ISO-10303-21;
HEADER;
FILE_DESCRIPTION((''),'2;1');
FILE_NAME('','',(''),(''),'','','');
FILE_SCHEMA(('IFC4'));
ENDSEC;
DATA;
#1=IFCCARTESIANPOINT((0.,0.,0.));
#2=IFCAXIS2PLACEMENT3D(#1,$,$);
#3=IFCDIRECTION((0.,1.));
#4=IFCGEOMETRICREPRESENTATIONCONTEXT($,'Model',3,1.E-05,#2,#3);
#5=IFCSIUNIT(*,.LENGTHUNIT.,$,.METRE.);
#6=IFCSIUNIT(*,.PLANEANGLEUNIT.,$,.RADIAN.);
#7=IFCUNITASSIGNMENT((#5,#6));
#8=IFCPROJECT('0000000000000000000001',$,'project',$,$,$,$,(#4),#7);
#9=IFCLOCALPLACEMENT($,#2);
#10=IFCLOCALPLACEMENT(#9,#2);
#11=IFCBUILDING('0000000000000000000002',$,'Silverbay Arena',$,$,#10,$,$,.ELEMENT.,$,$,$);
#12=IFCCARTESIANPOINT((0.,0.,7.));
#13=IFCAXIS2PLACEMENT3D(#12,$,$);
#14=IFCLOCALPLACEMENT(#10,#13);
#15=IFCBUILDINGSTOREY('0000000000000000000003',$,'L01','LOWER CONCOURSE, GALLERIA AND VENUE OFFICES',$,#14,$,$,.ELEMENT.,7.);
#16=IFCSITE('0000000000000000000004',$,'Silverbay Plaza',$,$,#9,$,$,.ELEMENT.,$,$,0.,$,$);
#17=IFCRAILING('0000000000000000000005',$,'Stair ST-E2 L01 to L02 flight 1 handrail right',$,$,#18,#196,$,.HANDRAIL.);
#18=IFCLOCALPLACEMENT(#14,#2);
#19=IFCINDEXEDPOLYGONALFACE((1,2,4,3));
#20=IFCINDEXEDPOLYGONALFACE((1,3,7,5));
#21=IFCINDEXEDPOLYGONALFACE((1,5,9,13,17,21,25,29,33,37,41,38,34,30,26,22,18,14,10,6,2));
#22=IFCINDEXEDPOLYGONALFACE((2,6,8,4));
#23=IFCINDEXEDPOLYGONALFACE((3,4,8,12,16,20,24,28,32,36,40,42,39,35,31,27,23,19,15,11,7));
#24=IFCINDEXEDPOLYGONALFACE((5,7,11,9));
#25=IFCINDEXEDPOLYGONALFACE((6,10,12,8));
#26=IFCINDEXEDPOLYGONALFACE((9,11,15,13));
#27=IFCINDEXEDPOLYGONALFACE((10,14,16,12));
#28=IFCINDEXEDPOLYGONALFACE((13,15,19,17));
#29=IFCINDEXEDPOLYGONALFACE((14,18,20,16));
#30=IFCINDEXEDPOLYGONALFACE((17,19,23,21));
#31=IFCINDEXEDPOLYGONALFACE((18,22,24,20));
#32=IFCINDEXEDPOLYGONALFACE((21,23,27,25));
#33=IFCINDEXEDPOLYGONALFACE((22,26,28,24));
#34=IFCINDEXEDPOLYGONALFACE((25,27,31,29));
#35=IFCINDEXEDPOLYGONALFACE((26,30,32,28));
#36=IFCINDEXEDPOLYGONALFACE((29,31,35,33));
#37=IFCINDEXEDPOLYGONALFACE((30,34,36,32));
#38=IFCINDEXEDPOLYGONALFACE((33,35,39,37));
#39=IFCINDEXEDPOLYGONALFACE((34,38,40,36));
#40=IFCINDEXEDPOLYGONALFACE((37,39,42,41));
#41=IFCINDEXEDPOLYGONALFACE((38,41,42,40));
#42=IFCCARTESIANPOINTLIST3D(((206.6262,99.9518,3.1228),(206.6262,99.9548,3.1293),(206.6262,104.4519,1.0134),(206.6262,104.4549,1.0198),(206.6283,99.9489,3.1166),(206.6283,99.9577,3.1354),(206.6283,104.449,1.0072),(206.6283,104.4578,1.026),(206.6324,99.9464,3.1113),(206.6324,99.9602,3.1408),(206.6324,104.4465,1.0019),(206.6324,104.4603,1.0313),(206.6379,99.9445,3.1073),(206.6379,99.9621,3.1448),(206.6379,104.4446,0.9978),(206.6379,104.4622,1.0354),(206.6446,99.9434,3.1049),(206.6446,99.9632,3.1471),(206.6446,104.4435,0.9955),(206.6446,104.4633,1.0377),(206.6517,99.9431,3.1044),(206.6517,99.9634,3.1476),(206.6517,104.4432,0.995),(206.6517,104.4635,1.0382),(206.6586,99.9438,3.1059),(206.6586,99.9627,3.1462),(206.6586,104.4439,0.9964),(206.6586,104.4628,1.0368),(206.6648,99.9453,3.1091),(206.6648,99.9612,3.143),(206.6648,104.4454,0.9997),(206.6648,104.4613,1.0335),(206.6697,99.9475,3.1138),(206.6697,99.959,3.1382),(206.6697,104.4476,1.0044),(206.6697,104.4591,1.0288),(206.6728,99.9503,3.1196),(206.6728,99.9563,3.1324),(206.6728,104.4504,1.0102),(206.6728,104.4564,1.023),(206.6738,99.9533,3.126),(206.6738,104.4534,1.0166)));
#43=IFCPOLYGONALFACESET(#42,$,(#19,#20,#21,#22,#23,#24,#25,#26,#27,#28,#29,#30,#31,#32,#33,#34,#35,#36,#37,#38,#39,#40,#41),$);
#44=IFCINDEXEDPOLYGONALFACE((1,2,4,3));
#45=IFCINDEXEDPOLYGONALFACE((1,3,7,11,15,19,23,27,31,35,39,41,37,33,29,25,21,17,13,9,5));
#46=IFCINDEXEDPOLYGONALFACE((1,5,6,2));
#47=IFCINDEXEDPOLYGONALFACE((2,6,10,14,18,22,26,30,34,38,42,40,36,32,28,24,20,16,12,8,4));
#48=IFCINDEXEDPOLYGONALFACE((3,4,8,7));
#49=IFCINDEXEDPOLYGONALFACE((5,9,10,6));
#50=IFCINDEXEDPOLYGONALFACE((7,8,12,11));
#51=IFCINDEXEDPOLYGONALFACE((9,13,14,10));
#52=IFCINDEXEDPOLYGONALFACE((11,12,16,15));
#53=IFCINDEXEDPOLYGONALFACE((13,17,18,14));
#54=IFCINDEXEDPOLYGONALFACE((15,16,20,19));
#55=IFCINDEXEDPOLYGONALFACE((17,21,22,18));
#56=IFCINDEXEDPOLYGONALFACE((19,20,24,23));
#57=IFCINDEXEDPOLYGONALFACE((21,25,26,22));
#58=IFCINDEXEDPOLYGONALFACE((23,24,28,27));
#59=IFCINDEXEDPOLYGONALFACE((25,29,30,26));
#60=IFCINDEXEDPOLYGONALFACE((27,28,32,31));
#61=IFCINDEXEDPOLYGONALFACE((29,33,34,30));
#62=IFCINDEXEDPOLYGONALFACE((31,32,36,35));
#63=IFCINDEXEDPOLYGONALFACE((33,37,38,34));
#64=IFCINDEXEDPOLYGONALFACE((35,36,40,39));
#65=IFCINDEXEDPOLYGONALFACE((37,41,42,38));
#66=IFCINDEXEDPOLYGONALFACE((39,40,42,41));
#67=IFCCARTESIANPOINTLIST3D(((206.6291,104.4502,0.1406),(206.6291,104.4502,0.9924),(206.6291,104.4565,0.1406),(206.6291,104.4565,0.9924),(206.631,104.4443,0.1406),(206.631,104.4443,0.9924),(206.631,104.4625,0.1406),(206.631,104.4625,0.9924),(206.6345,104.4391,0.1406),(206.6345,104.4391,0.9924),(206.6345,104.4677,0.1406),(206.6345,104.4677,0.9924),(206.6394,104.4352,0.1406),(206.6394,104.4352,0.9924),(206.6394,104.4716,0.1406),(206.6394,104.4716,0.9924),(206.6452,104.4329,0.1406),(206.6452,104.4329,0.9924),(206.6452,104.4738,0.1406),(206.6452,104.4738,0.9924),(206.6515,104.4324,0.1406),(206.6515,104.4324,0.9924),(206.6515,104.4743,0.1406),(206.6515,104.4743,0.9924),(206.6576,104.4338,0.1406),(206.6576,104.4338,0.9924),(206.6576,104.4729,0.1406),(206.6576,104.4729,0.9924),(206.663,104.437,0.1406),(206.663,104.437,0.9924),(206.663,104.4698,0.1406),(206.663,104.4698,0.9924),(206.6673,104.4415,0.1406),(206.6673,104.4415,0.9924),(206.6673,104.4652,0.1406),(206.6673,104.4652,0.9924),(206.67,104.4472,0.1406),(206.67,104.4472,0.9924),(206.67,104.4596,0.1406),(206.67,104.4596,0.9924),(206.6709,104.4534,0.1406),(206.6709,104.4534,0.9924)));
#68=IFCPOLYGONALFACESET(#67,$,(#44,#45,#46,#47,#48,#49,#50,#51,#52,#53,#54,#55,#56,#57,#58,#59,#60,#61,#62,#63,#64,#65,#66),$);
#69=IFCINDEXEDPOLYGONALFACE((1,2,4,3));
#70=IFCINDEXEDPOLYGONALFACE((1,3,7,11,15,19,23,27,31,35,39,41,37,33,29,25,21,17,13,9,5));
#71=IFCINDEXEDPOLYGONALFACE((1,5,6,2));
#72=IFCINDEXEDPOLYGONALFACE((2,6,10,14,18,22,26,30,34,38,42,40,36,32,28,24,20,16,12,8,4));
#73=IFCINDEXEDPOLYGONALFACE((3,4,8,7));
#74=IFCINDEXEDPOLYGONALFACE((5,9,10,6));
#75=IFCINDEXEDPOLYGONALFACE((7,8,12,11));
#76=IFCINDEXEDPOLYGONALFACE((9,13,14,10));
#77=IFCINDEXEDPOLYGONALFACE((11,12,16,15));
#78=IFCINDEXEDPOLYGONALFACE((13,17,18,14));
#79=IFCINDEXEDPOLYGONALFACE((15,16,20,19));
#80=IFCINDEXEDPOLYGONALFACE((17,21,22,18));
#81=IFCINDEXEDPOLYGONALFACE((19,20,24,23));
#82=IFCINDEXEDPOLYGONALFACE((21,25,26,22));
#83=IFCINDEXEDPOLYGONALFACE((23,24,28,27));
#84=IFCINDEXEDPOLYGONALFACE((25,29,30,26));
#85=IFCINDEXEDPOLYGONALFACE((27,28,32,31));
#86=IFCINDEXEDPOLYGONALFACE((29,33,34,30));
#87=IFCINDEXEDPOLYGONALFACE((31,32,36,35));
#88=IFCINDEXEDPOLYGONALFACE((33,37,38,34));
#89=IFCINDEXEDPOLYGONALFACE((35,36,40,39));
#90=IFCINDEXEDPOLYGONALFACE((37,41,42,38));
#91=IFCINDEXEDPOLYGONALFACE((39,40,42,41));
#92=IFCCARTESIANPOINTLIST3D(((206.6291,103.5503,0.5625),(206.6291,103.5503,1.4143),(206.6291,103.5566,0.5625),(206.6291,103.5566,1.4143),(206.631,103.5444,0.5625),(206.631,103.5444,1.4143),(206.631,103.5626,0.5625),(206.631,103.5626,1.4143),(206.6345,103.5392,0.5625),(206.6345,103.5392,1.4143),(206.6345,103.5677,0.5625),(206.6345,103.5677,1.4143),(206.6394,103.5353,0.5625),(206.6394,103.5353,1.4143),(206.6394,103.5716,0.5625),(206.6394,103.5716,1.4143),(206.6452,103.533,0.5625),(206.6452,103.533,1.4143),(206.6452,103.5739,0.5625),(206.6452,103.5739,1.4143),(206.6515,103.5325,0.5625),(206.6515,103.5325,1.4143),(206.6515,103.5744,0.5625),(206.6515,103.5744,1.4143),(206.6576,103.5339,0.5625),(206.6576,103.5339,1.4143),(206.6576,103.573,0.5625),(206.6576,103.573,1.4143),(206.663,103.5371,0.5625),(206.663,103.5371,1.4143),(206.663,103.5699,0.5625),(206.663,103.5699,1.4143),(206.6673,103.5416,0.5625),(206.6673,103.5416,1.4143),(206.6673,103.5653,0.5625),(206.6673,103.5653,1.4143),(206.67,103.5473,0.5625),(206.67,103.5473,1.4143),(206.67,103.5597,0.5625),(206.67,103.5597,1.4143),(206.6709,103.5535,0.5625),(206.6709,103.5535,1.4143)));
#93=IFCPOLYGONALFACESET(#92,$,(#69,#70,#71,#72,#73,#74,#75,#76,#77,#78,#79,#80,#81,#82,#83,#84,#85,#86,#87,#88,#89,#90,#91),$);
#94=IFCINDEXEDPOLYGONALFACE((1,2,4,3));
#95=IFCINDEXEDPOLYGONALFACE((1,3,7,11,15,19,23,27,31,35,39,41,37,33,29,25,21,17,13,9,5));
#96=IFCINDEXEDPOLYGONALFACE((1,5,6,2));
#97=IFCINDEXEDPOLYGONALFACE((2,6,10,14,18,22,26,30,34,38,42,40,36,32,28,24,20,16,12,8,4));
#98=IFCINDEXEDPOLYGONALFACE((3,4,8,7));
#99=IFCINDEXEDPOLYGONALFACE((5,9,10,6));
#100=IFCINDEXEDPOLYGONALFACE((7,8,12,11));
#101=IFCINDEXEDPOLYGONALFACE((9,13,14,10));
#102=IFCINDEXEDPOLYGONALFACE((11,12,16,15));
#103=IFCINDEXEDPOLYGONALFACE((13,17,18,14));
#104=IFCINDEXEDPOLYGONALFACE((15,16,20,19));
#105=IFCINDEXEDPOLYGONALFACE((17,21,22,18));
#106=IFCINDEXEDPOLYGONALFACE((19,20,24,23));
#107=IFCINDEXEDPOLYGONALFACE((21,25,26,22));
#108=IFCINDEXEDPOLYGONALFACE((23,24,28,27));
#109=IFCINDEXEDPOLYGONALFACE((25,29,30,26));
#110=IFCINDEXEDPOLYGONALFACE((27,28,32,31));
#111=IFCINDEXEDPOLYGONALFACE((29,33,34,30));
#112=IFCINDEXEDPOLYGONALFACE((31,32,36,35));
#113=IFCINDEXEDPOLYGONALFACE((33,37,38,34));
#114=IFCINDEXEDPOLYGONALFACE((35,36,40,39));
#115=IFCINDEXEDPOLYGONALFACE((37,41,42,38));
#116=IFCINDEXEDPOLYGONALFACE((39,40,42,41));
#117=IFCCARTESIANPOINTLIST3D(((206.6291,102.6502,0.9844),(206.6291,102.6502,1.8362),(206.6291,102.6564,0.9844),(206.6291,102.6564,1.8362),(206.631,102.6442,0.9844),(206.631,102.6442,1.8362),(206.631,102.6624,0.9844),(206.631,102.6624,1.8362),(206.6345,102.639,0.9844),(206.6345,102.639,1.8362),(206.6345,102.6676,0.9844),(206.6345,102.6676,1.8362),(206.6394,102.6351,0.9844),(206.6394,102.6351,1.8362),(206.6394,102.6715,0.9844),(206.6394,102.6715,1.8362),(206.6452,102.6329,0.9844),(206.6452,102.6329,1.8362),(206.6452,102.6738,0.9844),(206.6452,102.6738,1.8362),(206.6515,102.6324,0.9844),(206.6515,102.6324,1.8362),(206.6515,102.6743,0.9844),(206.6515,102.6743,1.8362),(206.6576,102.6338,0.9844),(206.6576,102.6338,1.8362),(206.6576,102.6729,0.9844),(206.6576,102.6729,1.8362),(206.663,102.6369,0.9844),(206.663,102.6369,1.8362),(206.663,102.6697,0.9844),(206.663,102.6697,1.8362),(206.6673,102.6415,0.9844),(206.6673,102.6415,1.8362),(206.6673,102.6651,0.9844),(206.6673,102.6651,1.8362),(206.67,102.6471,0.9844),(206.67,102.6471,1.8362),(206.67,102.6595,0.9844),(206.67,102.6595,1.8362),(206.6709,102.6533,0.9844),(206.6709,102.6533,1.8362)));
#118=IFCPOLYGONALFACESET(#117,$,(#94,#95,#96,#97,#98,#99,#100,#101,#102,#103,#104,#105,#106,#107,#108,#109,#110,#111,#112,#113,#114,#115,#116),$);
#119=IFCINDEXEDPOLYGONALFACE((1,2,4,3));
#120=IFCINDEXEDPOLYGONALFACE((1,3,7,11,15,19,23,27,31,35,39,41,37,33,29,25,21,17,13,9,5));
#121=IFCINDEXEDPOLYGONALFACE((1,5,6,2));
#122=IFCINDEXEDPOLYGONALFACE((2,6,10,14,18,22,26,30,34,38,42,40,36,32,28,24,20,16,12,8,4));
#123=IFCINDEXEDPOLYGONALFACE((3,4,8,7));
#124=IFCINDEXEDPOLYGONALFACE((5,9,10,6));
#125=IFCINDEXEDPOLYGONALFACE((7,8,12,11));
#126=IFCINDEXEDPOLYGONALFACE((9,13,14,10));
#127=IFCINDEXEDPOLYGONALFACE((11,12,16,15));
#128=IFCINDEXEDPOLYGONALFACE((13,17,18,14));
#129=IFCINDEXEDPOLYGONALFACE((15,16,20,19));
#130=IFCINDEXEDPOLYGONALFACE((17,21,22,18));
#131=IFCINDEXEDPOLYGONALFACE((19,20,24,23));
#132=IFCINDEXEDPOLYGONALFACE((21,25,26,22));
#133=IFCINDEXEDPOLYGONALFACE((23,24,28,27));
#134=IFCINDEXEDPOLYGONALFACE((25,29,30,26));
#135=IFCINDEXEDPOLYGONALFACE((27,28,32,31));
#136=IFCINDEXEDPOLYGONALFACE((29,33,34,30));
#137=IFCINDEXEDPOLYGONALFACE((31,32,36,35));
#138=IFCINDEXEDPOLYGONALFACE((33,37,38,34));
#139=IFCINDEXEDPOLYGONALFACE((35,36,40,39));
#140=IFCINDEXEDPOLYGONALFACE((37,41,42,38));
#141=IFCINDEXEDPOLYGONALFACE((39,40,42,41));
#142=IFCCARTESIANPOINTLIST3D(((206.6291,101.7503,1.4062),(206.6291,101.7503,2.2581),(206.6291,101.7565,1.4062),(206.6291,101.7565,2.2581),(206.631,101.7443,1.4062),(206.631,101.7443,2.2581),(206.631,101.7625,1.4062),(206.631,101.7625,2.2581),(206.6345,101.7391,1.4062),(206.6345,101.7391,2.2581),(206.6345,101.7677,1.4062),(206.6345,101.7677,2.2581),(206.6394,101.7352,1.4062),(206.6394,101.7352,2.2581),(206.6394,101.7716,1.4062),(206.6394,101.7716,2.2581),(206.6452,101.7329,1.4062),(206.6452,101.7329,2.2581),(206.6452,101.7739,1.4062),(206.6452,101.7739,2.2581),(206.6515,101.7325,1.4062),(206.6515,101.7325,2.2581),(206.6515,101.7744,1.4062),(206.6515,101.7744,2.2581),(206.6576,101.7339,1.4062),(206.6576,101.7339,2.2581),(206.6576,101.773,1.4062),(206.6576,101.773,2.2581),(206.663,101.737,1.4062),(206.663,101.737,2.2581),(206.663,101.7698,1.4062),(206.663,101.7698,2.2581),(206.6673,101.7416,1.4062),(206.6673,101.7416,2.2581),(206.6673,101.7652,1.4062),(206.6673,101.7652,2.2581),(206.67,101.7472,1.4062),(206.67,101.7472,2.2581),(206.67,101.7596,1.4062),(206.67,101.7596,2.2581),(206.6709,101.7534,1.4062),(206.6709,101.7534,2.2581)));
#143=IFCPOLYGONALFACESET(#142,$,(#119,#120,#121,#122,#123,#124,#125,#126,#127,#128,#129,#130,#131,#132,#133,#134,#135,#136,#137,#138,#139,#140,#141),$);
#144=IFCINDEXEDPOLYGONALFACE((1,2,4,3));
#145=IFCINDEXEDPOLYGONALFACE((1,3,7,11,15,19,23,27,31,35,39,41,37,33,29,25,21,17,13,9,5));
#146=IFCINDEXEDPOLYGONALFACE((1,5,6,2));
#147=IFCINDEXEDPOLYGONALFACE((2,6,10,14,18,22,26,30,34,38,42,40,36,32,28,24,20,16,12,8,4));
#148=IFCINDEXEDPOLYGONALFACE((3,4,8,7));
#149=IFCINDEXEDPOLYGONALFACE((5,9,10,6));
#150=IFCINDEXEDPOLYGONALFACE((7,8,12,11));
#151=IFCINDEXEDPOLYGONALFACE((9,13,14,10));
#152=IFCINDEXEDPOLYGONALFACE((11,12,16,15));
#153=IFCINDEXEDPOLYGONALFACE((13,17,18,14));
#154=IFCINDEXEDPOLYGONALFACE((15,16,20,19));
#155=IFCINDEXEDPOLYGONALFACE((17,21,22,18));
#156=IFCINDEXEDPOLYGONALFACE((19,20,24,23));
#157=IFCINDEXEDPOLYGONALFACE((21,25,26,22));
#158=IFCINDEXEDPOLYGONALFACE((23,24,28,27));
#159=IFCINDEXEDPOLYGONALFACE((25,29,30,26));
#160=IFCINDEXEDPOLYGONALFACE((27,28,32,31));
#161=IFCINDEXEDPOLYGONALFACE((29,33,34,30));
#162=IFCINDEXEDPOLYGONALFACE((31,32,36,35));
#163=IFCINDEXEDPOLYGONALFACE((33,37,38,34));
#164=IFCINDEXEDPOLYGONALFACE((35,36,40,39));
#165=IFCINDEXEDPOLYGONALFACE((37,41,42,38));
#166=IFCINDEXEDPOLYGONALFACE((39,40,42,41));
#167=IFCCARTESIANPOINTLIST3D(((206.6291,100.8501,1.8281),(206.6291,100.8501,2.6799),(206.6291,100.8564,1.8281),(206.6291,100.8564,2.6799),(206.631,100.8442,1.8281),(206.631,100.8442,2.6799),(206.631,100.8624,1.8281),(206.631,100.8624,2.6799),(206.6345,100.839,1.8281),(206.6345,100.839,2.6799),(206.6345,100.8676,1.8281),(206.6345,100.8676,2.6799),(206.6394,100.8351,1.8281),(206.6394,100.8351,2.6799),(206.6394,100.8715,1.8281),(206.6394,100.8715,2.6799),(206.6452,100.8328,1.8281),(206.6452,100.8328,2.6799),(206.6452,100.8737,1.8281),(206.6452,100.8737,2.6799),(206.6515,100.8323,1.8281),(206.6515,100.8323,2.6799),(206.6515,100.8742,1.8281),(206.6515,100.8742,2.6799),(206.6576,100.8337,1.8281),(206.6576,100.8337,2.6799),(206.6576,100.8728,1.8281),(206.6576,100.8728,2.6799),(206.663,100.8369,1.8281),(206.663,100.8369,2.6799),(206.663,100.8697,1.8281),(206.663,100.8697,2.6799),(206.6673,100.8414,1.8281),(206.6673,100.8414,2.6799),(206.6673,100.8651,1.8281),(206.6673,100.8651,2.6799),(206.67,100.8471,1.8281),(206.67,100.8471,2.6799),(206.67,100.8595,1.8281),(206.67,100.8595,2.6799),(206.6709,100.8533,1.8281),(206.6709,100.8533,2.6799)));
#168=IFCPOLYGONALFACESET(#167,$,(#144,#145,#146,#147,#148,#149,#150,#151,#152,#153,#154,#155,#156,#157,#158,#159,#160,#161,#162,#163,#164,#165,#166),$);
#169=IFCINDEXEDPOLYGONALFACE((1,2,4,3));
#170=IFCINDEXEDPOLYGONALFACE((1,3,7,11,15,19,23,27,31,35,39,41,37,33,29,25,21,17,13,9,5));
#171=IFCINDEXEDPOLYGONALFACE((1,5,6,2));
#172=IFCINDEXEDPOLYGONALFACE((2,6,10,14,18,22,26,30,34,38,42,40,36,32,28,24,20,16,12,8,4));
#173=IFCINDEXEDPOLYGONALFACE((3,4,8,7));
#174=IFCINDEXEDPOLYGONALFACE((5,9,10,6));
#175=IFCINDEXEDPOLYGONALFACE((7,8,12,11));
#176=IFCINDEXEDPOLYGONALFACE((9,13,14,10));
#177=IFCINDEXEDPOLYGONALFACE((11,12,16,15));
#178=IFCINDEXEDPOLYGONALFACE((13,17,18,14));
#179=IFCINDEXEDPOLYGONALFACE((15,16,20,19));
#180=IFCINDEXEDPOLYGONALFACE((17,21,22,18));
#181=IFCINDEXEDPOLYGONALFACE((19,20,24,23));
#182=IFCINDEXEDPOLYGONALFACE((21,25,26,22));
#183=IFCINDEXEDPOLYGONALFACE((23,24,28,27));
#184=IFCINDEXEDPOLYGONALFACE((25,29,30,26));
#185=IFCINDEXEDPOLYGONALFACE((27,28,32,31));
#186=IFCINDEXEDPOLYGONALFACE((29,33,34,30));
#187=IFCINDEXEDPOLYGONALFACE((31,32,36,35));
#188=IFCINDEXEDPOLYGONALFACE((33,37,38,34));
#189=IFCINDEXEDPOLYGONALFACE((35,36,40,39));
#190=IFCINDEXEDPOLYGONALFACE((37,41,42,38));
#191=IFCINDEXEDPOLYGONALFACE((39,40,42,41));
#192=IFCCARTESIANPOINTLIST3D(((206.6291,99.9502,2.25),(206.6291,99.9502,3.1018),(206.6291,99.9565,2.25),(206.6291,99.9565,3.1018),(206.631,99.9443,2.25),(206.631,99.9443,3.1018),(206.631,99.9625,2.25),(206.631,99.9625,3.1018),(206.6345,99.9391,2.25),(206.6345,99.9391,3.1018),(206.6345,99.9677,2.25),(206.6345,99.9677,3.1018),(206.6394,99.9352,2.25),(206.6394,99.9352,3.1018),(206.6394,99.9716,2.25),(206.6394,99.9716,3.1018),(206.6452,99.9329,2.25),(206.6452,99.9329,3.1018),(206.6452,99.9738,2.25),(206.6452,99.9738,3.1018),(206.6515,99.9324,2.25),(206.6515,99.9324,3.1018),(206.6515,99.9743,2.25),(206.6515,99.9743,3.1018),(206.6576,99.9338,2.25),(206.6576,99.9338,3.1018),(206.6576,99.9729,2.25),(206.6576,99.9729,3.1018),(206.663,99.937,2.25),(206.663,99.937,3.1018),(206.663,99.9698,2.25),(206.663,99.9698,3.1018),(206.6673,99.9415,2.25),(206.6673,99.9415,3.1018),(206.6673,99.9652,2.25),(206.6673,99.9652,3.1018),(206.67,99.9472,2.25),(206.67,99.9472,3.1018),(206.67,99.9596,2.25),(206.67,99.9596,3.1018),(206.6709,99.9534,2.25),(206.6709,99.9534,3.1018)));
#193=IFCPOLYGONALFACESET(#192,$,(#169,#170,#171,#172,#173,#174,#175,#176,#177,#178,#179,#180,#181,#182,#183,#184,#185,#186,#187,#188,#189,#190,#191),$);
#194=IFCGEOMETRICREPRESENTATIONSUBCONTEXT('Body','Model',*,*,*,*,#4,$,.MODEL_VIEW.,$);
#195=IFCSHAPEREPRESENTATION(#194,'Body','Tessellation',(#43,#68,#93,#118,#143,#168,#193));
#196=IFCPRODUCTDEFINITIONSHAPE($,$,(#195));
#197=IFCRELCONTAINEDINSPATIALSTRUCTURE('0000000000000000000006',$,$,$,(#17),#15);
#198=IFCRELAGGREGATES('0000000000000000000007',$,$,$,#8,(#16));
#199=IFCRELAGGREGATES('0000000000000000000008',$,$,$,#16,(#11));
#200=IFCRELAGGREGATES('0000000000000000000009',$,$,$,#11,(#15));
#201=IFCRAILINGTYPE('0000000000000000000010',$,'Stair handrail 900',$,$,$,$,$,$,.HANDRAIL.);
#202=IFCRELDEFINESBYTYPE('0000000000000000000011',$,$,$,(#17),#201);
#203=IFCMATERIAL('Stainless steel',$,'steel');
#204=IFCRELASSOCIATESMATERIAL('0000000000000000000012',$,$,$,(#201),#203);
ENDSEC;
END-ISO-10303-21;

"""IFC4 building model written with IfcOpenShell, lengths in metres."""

from ifc_helpers import new_model, si_unit, direction, frame, origin, origin_2d, place, context, subcontext, project, spatial, circle, extrude, material, type_object, element, save


model = new_model("IFC4")

# Units and contexts
model_context = context("Model", 3, precision=1e-05, world=origin(), true_north=direction((0.0, 1.0)))
body_context = subcontext(model_context, "Body", "Model", "MODEL_VIEW")
ifc_project = project(units=[si_unit("LENGTHUNIT", "METRE"), si_unit("PLANEANGLEUNIT", "RADIAN")], contexts=[model_context])

# Site, building, storey
site_placement = place(None, origin())
site = spatial("IfcSite", under=ifc_project, at=site_placement, Name="Silverbay Plaza", CompositionType="ELEMENT", RefElevation=0.0)
building_placement = place(site_placement, origin())
building = spatial("IfcBuilding", under=site, at=building_placement, Name="Silverbay Arena", CompositionType="ELEMENT")
storey_placement = place(building_placement, frame((0.0, 0.0, 7.0)))
storey = spatial("IfcBuildingStorey", under=building, at=storey_placement, Name="L01", Description="LOWER CONCOURSE, GALLERIA AND VENUE OFFICES", CompositionType="ELEMENT", Elevation=7.0)

# Railing
ifc_material_1 = material(Name="Stainless steel", Category="steel")
railing_type_1 = type_object("IfcRailingType", Name="Stair handrail 900", PredefinedType="HANDRAIL", material=ifc_material_1)
for number, where, name in (
    (1, (206.6499, 104.4534, 0.1406), "Stair ST-E2 L01 to L02 flight 1 handrail right"),
):
    element("IfcRailing", number, at=place(storey_placement, frame(where)), inside=storey, type_object=railing_type_1, Name=name, PredefinedType="HANDRAIL", context=body_context, shape_type="SweptSolid", body=[
        extrude(circle(Radius=0.0239, at=origin_2d()), frame((0.0, 0.0, 0.876), z_axis=(0.0, -0.905459, 0.424434), x_axis=(1.0, 0.0, 0.0)), (0.0, 0.0, 1.0), 4.97),
        extrude(circle(Radius=0.021, at=origin_2d()), origin(), (0.0, 0.0, 1.0), 0.8518),
        extrude(circle(Radius=0.021, at=origin_2d()), frame((0.0, -0.8999, 0.4219)), (0.0, 0.0, 1.0), 0.8518),
        extrude(circle(Radius=0.021, at=origin_2d()), frame((0.0, -1.8, 0.8438)), (0.0, 0.0, 1.0), 0.8518),
        extrude(circle(Radius=0.021, at=origin_2d()), frame((0.0, -2.7, 1.2656)), (0.0, 0.0, 1.0), 0.8518),
        extrude(circle(Radius=0.021, at=origin_2d()), frame((0.0, -3.6001, 1.6875)), (0.0, 0.0, 1.0), 0.8518),
        extrude(circle(Radius=0.021, at=origin_2d()), frame((0.0, -4.5, 2.1094)), (0.0, 0.0, 1.0), 0.8518),
    ])

save(model, "model.ifc")
